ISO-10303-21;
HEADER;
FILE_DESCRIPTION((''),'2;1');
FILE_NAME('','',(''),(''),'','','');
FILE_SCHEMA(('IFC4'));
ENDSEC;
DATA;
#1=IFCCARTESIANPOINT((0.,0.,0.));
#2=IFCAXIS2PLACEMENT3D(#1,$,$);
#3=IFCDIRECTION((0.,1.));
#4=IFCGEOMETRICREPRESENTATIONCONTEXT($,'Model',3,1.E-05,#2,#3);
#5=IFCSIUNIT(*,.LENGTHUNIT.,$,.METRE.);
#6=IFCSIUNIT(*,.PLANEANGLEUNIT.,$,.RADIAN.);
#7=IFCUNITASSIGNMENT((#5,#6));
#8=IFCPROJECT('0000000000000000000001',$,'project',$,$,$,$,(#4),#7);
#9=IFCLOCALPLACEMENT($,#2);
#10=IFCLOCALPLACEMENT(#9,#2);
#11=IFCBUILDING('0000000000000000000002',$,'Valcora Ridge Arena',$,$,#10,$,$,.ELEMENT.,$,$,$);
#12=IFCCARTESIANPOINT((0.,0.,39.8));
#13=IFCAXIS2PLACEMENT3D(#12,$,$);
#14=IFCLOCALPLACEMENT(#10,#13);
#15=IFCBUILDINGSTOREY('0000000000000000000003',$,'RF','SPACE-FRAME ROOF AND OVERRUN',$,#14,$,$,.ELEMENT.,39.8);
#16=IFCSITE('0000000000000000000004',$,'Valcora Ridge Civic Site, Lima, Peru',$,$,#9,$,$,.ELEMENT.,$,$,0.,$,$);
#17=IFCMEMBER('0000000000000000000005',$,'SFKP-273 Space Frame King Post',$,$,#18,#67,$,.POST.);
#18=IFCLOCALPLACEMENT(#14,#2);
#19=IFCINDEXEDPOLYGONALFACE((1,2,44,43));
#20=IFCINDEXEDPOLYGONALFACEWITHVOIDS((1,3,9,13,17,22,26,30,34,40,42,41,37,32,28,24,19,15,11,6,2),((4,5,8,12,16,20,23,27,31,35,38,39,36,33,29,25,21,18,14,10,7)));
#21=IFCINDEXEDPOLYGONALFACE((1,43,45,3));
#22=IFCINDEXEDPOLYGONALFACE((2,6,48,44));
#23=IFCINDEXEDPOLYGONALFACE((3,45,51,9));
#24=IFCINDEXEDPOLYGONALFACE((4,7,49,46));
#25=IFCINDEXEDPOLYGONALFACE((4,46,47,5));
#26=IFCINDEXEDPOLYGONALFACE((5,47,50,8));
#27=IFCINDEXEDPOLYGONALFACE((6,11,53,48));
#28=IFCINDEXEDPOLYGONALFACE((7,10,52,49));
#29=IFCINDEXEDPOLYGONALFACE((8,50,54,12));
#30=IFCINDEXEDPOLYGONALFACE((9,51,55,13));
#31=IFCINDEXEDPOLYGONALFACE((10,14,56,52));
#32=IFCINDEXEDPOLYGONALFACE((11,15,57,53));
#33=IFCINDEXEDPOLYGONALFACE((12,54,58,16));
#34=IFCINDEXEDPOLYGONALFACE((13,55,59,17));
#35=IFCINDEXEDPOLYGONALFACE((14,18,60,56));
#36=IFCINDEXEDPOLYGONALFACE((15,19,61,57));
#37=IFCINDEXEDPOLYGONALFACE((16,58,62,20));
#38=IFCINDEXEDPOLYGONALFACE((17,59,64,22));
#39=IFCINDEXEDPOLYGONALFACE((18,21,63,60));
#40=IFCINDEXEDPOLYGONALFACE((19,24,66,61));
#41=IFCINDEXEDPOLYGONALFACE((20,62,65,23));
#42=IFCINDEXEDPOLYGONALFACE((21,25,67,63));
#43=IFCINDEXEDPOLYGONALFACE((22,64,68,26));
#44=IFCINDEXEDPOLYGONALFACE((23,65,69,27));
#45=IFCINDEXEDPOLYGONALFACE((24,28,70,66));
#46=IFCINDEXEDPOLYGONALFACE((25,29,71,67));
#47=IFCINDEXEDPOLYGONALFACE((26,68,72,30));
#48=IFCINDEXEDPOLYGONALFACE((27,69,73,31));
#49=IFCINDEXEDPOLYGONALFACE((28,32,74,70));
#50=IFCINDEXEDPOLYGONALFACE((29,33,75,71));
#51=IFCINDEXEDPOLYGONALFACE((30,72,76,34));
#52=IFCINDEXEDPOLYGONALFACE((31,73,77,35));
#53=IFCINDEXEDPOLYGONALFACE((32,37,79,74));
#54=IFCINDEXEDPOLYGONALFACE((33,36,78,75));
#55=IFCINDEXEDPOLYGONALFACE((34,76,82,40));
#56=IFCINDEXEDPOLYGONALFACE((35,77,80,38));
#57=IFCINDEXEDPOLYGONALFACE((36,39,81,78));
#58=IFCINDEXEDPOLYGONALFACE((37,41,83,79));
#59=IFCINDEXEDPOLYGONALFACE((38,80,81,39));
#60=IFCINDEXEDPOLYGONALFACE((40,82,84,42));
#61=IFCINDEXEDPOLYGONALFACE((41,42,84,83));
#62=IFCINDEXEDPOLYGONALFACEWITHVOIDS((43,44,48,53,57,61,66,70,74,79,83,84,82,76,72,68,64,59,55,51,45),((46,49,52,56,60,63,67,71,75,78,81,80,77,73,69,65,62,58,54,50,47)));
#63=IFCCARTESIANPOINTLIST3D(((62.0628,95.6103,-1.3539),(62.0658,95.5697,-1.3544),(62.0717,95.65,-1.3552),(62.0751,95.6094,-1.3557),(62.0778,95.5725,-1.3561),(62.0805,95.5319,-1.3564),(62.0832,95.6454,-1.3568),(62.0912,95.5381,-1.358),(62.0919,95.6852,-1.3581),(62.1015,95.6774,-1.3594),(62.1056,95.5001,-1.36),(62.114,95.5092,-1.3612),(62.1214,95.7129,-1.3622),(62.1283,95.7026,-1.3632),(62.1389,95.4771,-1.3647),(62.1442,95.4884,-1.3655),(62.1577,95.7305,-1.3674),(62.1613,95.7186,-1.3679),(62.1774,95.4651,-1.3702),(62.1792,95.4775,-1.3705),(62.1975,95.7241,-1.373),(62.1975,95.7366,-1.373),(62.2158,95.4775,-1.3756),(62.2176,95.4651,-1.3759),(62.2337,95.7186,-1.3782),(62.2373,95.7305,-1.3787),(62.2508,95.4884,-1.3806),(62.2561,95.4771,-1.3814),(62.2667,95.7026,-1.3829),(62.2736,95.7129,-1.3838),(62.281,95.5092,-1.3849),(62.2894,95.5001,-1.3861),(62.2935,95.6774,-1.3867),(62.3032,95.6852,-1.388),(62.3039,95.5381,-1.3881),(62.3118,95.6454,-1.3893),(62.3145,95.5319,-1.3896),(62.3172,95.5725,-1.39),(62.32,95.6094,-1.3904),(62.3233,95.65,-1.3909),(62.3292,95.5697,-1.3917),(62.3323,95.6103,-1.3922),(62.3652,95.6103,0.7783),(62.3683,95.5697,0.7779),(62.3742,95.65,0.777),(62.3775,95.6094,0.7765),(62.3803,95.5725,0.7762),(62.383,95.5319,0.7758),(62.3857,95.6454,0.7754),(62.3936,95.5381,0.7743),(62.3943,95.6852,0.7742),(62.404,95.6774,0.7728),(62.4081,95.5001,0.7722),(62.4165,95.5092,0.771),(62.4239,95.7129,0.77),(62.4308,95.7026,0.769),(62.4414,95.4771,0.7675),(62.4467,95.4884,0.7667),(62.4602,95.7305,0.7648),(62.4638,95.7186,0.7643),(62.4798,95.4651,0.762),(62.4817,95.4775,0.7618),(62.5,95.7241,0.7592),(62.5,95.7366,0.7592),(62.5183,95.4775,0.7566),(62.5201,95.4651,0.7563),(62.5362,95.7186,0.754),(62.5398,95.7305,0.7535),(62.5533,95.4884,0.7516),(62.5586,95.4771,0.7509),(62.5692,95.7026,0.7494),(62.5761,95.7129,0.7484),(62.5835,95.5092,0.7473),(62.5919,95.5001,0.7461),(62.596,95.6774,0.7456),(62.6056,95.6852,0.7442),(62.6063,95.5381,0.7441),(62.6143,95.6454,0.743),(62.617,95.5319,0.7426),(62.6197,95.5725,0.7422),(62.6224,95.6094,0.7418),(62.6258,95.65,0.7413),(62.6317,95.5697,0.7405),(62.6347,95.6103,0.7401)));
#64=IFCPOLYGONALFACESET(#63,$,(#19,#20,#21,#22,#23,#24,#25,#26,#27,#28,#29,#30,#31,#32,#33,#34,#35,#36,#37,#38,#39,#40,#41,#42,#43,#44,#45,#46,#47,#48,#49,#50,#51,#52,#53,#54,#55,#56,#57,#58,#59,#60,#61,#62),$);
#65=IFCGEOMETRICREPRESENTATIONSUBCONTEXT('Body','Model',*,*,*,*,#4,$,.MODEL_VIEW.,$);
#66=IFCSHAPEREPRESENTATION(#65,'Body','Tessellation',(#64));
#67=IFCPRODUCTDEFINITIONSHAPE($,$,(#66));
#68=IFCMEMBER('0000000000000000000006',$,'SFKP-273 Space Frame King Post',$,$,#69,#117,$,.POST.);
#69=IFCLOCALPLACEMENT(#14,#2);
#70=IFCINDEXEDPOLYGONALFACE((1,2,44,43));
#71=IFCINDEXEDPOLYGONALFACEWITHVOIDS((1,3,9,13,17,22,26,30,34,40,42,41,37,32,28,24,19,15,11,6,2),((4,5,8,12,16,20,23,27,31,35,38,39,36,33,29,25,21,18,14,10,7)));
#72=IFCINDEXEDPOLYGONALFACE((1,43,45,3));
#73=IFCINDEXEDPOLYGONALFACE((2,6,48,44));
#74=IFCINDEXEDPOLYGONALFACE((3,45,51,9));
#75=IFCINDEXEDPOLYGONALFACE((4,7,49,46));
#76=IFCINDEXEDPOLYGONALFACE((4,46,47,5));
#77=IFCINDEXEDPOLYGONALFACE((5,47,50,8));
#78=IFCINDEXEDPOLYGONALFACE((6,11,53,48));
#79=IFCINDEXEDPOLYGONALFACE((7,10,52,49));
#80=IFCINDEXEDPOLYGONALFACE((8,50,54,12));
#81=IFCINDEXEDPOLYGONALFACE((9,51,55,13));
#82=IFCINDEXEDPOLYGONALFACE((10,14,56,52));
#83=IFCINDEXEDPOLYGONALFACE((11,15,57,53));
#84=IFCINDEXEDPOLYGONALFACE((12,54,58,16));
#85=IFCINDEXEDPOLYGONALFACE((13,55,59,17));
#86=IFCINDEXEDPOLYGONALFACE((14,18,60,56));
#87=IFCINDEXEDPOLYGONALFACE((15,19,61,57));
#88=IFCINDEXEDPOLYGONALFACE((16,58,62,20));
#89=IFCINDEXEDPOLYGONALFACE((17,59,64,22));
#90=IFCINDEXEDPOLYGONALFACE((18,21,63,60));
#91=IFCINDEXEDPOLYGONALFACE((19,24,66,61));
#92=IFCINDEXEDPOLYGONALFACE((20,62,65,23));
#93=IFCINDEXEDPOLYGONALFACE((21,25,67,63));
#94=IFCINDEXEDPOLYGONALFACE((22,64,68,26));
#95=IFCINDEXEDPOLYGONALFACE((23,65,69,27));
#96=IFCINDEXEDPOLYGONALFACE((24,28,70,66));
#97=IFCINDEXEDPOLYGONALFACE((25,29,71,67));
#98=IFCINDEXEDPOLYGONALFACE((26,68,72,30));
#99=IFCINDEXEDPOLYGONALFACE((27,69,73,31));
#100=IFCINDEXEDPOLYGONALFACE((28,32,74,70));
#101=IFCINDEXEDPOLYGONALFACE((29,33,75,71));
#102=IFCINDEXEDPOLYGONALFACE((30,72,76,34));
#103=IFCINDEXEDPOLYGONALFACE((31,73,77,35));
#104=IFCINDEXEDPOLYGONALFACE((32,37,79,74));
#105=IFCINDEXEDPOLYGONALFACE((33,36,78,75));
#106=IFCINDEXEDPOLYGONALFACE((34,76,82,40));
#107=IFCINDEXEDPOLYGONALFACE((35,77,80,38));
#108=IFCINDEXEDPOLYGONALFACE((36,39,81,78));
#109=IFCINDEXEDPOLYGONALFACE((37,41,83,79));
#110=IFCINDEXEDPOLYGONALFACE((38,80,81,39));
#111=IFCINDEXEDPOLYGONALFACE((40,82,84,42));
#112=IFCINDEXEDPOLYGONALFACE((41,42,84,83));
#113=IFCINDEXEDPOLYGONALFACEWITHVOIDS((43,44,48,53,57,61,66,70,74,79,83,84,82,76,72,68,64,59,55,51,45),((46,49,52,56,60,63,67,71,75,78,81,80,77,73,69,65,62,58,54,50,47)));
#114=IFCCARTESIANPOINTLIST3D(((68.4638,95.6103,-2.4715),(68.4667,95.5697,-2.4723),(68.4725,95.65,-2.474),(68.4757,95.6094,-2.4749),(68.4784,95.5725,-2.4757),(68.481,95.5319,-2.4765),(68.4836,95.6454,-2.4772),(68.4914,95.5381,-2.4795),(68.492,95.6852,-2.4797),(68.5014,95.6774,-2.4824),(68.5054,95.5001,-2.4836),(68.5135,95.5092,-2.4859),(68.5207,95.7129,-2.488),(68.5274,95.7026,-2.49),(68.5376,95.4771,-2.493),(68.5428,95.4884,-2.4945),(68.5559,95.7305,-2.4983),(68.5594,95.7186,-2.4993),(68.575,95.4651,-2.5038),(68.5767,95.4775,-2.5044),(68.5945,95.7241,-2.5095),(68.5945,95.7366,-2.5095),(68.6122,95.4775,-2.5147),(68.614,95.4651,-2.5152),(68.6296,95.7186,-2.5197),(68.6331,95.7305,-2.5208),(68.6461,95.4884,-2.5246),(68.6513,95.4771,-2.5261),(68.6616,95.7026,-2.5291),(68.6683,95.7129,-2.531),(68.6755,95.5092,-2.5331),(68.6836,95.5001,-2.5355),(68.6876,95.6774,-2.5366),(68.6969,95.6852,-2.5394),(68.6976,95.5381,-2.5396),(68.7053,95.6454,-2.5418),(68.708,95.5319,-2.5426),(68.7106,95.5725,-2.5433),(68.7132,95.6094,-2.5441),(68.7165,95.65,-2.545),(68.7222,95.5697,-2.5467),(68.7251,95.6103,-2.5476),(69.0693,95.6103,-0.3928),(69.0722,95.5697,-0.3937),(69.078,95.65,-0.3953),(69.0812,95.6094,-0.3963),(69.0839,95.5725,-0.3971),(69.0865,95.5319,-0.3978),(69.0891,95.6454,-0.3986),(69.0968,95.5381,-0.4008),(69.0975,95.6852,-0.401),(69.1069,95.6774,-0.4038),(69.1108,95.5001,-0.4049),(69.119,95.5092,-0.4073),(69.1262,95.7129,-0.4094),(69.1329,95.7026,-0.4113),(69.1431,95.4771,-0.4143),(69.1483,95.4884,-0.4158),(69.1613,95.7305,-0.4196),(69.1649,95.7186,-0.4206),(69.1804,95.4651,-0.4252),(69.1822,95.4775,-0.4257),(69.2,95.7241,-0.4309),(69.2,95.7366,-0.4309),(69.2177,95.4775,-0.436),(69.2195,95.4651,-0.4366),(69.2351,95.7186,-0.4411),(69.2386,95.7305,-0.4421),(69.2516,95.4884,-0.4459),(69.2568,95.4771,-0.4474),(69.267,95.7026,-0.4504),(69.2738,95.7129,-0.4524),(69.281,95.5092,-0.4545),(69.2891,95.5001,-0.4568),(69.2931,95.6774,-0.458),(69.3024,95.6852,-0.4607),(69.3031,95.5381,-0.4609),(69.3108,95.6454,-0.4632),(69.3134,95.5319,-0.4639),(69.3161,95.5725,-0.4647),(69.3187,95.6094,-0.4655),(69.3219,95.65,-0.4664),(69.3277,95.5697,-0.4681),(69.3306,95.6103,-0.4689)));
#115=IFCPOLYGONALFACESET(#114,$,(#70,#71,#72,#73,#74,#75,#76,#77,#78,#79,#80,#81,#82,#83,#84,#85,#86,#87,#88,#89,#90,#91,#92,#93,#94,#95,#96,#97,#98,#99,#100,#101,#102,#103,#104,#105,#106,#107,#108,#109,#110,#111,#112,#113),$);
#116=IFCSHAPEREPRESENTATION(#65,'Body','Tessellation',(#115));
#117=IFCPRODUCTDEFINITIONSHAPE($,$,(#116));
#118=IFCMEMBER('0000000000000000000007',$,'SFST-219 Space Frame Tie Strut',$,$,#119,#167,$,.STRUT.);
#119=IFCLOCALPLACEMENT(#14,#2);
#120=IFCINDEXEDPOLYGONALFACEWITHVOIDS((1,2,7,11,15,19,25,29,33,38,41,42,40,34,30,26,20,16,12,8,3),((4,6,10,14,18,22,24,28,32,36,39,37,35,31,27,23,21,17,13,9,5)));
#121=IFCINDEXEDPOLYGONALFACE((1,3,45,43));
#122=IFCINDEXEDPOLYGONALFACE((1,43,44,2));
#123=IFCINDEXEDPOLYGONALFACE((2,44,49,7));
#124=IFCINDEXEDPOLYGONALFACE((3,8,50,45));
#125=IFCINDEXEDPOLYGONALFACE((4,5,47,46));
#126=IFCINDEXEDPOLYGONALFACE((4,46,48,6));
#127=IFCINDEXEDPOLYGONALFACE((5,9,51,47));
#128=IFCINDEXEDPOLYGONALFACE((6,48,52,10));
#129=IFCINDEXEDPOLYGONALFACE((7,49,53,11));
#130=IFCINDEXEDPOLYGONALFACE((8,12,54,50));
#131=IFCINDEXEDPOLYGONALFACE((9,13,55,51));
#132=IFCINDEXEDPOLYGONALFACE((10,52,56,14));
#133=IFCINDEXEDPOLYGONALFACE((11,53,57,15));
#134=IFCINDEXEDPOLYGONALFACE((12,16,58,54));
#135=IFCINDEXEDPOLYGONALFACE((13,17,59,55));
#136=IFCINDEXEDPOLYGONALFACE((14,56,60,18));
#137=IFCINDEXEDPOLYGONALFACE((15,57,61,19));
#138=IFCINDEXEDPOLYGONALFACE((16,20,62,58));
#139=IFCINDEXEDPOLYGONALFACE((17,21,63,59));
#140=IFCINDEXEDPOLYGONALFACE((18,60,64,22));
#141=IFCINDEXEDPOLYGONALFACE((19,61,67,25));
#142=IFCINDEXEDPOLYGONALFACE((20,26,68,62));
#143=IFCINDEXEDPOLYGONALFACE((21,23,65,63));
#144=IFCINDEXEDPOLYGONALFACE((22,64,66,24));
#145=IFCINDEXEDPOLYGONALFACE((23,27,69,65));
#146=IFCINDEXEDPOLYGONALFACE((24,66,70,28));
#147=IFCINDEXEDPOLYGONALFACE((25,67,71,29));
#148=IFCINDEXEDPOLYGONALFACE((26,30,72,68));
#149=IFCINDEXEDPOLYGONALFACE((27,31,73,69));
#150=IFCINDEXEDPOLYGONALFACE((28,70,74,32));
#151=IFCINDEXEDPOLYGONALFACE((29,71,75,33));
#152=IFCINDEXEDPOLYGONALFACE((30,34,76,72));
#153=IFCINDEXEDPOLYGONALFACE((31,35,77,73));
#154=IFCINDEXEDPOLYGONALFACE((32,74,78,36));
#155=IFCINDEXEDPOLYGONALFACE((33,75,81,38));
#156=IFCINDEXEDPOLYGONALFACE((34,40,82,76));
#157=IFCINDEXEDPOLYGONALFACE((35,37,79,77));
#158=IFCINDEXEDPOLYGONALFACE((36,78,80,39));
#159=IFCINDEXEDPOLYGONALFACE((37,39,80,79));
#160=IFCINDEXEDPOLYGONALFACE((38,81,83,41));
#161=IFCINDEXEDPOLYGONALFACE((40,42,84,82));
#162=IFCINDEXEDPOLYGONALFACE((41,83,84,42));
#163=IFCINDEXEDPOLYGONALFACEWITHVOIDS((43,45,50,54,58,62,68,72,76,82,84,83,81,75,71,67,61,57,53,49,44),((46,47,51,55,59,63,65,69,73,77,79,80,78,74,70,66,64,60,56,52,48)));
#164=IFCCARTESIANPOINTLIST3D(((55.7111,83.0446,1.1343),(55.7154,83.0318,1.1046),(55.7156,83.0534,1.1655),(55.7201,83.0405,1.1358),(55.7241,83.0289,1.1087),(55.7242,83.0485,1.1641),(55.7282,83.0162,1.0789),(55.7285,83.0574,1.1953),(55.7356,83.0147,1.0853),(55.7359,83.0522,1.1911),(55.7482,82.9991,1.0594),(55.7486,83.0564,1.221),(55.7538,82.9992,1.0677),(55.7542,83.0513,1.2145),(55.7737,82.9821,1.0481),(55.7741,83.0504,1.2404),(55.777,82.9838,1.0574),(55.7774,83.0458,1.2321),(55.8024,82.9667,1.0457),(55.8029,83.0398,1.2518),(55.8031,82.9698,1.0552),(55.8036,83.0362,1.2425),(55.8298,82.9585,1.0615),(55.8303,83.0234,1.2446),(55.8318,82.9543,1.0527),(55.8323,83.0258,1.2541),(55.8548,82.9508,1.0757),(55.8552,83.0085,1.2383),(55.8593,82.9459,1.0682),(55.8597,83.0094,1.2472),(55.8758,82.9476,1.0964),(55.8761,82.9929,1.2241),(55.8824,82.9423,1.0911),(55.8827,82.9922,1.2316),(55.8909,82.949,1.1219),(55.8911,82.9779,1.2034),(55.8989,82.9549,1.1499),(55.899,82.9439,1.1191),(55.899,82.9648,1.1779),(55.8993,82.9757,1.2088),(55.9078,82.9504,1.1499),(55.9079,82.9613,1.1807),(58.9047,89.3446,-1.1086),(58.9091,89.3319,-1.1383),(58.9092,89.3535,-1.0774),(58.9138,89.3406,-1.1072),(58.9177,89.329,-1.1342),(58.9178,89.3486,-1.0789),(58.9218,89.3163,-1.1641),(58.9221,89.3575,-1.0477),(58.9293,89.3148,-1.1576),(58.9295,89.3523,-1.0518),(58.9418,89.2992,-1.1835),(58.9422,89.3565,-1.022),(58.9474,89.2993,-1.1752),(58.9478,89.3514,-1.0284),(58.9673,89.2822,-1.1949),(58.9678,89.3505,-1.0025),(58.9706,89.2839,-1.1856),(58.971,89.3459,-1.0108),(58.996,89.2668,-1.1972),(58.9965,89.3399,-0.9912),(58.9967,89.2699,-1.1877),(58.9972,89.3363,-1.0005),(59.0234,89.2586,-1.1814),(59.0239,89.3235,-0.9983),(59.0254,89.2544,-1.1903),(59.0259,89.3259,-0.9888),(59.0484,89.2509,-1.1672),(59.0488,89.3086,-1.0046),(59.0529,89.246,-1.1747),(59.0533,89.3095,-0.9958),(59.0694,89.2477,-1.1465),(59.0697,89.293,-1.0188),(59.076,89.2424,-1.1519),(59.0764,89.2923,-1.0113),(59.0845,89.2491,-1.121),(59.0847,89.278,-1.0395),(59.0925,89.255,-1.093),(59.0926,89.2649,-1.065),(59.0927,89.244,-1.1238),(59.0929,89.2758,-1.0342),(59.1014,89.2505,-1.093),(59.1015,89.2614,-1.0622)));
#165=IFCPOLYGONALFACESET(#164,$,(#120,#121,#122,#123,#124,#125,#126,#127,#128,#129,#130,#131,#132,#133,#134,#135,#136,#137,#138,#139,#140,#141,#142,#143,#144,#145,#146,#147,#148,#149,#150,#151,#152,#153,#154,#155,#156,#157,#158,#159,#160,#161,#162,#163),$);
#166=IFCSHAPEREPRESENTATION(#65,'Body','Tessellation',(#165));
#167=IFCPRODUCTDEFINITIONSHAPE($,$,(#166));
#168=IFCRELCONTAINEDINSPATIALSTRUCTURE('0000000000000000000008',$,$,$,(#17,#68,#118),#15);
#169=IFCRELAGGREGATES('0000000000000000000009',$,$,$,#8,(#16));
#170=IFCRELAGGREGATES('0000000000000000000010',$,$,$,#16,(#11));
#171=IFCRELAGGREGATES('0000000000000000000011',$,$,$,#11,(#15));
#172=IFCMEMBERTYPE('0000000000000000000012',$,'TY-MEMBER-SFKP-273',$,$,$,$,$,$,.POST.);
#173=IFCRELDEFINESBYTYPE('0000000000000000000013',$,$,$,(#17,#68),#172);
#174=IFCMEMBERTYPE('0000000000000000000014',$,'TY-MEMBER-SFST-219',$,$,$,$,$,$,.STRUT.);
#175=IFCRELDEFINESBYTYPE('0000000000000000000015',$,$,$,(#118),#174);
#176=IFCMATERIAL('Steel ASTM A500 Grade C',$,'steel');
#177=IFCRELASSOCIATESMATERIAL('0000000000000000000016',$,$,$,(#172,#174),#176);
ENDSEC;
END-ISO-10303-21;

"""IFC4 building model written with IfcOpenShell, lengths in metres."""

from ifc_helpers import new_model, si_unit, direction, frame, origin, origin_2d, place, context, subcontext, project, spatial, hollow_circle, extrude, material, material_profile, profile_set, type_object, element, save


model = new_model("IFC4")

# Units and contexts
model_context = context("Model", 3, precision=1e-05, world=origin(), true_north=direction((0.0, 1.0)))
body_context = subcontext(model_context, "Body", "Model", "MODEL_VIEW")
ifc_project = project(units=[si_unit("LENGTHUNIT", "METRE"), si_unit("PLANEANGLEUNIT", "RADIAN")], contexts=[model_context])

# Site, building, storey
site_placement = place(None, origin())
site = spatial("IfcSite", under=ifc_project, at=site_placement, Name="Valcora Ridge Civic Site, Lima, Peru", CompositionType="ELEMENT", RefElevation=0.0)
building_placement = place(site_placement, origin())
building = spatial("IfcBuilding", under=site, at=building_placement, Name="Valcora Ridge Arena", CompositionType="ELEMENT")
storey_placement = place(building_placement, frame((0.0, 0.0, 39.8)))
storey = spatial("IfcBuildingStorey", under=building, at=storey_placement, Name="RF", Description="SPACE-FRAME ROOF AND OVERRUN", CompositionType="ELEMENT", Elevation=39.8)

# Members
ifc_material_1 = material(Name="Steel ASTM A500 Grade C", Category="steel")
ifc_material_profile_1 = material_profile(ifc_material_1, hollow_circle(Radius=0.1365, WallThickness=0.0125, at=origin_2d()), Name="CHS273X12")
ifc_profile_set_1 = profile_set([ifc_material_profile_1], Name="Steel ASTM A500 Grade C")
member_type_1 = type_object("IfcMemberType", Name="TY-MEMBER-SFKP-273", PredefinedType="POST", material=ifc_profile_set_1)
member_1_placement = place(storey_placement, frame((62.1975, 95.6001, -1.373), z_axis=(0.140453, 0.0, 0.990087), x_axis=(0.0, 1.0, 0.0)))
element("IfcMember", 1, at=member_1_placement, inside=storey, type_object=member_type_1, Name="SFKP-273 Space Frame King Post", PredefinedType="POST", context=body_context, shape_type="SweptSolid", body=[
    extrude(hollow_circle(Radius=0.1365, WallThickness=0.0125, at=origin_2d()), origin(), (0.0, 0.0, 1.0), 2.1536),
])
member_2_placement = place(storey_placement, frame((68.5945, 95.6001, -2.5095), z_axis=(0.279662, 0.0, 0.960098), x_axis=(0.0, 1.0, 0.0)))
element("IfcMember", 2, at=member_2_placement, inside=storey, type_object=member_type_1, Name="SFKP-273 Space Frame King Post", PredefinedType="POST", context=body_context, shape_type="SweptSolid", body=[
    extrude(hollow_circle(Radius=0.1365, WallThickness=0.0125, at=origin_2d()), origin(), (0.0, 0.0, 1.0), 2.165),
])
ifc_material_profile_2 = material_profile(ifc_material_1, hollow_circle(Radius=0.1096, WallThickness=0.01, at=origin_2d()), Name="CHS219X10")
ifc_profile_set_2 = profile_set([ifc_material_profile_2], Name="Steel ASTM A500 Grade C")
member_type_2 = type_object("IfcMemberType", Name="TY-MEMBER-SFST-219", PredefinedType="STRUT", material=ifc_profile_set_2)
member_3_placement = place(storey_placement, frame((59.0037, 89.3, -1.093), z_axis=(-0.430937, -0.850114, 0.302654), x_axis=(0.891946, -0.452143, 0.0)))
element("IfcMember", 3, at=member_3_placement, inside=storey, type_object=member_type_2, Name="SFST-219 Space Frame Tie Strut", PredefinedType="STRUT", context=body_context, shape_type="SweptSolid", body=[
    extrude(hollow_circle(Radius=0.1096, WallThickness=0.01, at=origin_2d()), origin(), (0.0, 0.0, 1.0), 7.4109),
])

save(model, "model.ifc")
